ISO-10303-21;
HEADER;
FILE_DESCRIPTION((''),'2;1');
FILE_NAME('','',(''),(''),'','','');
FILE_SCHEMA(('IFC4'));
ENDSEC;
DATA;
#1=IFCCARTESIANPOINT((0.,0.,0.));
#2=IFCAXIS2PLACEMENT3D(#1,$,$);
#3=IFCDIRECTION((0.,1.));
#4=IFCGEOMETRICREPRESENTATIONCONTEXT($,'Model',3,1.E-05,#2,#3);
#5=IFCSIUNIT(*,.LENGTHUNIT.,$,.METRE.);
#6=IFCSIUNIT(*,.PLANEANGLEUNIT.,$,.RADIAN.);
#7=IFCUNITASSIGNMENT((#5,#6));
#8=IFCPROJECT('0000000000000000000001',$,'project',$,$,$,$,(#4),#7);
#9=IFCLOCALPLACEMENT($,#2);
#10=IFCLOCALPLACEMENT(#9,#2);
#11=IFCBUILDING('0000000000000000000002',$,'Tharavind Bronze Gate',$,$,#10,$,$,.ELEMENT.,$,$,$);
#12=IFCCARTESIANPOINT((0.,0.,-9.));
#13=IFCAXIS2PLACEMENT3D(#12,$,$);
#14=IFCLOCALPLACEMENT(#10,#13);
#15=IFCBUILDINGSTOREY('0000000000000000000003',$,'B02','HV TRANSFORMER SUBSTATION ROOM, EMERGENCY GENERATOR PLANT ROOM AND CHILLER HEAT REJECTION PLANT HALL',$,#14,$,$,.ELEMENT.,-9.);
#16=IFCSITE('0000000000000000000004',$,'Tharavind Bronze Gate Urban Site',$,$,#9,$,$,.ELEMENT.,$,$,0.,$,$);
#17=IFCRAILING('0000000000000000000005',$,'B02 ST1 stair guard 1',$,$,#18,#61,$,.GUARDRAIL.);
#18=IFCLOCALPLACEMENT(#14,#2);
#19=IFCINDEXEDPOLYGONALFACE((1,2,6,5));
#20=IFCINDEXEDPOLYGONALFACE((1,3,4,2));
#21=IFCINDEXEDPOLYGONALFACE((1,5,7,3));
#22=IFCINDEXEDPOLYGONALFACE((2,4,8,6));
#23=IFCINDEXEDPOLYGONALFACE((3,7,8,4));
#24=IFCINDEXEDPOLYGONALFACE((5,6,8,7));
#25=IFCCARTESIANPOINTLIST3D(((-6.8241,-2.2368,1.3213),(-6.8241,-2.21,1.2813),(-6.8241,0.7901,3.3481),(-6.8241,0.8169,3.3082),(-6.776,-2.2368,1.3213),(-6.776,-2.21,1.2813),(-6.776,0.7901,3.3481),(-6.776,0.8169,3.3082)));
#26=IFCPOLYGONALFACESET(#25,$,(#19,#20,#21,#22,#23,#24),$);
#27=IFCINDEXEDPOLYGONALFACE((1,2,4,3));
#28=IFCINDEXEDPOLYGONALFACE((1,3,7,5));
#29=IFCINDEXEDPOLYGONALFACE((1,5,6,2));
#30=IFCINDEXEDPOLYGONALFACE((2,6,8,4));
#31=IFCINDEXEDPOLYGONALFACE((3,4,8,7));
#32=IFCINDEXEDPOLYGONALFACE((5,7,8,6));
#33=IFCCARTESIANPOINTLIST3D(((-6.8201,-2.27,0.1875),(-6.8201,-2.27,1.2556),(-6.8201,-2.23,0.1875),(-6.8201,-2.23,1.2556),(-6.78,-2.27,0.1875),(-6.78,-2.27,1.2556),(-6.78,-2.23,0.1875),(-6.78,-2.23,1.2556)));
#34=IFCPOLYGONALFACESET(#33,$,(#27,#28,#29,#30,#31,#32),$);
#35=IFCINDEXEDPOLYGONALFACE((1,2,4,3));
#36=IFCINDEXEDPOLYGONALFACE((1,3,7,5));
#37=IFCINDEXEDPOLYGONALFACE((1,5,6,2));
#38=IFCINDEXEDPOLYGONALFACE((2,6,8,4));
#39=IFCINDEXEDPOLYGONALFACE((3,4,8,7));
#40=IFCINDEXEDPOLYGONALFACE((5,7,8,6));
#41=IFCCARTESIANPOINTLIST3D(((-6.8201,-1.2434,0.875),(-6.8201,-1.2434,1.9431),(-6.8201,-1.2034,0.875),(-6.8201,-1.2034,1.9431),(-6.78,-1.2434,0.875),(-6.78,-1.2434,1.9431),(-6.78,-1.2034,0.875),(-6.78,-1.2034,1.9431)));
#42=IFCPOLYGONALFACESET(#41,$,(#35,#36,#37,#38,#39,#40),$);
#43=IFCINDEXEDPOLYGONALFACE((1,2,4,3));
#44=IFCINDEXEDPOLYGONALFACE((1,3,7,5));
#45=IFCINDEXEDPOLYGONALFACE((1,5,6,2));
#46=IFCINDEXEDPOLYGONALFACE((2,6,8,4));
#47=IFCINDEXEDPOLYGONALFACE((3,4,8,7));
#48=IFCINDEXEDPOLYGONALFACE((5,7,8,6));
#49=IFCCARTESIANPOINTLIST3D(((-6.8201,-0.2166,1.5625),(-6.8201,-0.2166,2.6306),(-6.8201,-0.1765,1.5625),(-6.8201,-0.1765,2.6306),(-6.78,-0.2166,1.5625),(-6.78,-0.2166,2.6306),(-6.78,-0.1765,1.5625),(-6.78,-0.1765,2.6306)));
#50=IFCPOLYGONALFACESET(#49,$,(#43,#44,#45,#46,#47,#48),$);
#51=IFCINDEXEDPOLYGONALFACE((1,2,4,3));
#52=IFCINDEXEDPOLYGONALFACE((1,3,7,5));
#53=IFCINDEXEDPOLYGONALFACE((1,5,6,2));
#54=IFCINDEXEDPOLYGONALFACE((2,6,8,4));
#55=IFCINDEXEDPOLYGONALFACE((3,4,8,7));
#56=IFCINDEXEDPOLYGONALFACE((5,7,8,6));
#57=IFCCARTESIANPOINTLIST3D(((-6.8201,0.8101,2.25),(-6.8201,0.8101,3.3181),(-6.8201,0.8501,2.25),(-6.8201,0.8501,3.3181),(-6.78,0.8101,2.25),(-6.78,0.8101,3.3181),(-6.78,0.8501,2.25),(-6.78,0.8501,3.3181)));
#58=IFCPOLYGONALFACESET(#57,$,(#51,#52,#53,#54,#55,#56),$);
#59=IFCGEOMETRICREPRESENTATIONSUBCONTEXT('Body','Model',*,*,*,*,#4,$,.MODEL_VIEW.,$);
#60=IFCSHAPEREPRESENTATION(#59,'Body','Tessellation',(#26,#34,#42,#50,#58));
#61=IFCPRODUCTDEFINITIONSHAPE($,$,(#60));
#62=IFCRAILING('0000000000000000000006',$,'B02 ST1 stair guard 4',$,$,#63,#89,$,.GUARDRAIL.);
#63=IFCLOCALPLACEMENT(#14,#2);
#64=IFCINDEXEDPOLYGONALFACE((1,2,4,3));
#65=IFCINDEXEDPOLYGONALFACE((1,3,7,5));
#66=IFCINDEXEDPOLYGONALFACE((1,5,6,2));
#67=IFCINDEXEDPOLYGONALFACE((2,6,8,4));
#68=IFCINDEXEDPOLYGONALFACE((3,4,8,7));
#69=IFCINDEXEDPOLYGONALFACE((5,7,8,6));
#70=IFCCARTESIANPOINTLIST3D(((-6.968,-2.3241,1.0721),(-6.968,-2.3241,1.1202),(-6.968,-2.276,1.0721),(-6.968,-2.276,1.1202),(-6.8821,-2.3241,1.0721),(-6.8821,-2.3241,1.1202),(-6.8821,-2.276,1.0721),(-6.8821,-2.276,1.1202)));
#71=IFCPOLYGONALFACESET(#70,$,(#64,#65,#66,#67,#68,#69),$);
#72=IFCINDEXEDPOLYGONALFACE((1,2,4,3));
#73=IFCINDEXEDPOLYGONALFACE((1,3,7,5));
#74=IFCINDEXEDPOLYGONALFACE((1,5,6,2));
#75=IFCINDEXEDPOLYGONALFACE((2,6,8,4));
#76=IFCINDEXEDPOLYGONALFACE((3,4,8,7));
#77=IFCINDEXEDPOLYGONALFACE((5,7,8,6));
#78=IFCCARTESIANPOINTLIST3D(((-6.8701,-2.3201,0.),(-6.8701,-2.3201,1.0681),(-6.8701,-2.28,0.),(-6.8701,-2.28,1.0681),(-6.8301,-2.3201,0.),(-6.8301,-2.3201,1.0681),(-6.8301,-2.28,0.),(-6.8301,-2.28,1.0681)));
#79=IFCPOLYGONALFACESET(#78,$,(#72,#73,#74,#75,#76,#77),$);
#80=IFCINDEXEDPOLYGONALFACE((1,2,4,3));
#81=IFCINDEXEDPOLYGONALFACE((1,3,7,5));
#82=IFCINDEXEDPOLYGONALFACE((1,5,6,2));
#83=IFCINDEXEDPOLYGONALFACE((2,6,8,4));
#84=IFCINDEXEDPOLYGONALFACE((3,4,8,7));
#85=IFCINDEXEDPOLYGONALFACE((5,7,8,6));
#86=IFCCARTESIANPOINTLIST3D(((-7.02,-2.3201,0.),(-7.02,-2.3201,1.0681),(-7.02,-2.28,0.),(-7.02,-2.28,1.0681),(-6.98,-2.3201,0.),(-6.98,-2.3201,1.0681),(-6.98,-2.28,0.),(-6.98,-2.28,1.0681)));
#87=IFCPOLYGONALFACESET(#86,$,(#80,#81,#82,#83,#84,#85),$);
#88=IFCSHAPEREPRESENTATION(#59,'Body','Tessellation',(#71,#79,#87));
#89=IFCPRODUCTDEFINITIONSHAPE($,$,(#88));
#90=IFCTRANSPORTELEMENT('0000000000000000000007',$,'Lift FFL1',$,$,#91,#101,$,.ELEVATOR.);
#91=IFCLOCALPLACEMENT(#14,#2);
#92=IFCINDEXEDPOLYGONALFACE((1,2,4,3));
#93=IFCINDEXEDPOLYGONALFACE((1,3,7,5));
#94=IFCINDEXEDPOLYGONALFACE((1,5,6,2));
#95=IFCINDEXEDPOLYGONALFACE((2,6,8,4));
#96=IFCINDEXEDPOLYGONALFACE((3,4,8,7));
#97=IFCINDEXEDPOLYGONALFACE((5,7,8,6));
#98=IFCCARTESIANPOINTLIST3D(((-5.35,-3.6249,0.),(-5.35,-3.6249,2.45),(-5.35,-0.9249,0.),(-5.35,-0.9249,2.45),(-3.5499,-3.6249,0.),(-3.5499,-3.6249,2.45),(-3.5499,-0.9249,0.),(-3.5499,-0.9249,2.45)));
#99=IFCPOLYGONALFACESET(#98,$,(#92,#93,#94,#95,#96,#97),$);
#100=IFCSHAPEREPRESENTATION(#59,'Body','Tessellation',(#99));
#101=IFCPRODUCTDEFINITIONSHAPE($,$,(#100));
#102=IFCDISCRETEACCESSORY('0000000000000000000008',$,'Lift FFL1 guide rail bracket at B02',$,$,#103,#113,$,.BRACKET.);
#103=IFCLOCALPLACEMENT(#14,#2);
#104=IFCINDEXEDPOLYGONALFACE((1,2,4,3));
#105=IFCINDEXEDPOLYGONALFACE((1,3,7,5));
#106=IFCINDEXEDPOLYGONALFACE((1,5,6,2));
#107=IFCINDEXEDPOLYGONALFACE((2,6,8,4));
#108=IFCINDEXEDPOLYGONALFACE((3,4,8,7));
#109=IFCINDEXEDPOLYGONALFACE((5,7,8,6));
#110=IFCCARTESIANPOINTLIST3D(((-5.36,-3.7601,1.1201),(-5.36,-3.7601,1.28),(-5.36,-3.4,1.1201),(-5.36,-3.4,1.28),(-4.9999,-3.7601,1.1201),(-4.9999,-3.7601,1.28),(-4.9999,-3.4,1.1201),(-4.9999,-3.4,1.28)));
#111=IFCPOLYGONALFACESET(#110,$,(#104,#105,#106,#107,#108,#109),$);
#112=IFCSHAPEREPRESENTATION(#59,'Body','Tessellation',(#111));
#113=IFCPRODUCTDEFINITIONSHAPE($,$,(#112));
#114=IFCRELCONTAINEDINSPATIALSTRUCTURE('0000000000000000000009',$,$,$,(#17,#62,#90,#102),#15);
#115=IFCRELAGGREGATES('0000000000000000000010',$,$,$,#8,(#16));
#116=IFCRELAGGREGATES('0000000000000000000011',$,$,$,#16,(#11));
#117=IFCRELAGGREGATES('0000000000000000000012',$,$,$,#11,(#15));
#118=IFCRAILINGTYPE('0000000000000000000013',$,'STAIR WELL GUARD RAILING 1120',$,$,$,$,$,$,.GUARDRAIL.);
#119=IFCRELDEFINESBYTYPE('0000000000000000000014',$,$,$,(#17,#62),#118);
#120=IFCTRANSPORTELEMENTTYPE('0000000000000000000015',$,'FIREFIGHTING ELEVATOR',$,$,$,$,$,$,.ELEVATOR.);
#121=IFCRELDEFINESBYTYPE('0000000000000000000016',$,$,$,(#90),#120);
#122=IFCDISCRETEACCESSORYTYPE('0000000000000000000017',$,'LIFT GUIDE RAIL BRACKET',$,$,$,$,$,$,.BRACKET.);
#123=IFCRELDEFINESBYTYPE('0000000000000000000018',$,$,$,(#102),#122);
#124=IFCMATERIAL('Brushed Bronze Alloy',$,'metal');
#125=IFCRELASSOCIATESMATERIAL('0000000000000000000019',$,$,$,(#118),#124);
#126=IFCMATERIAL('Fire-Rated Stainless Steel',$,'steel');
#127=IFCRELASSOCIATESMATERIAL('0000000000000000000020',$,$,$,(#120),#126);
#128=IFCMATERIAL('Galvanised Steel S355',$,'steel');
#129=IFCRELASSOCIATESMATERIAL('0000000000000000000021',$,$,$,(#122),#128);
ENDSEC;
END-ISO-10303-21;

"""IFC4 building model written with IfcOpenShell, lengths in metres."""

from ifc_helpers import new_model, si_unit, direction, frame, origin, origin_2d, place, context, subcontext, project, spatial, rectangle, extrude, material, type_object, element, save


model = new_model("IFC4")

# Units and contexts
model_context = context("Model", 3, precision=1e-05, world=origin(), true_north=direction((0.0, 1.0)))
body_context = subcontext(model_context, "Body", "Model", "MODEL_VIEW")
ifc_project = project(units=[si_unit("LENGTHUNIT", "METRE"), si_unit("PLANEANGLEUNIT", "RADIAN")], contexts=[model_context])

# Site, building, storey
site_placement = place(None, origin())
site = spatial("IfcSite", under=ifc_project, at=site_placement, Name="Tharavind Bronze Gate Urban Site", CompositionType="ELEMENT", RefElevation=0.0)
building_placement = place(site_placement, origin())
building = spatial("IfcBuilding", under=site, at=building_placement, Name="Tharavind Bronze Gate", CompositionType="ELEMENT")
storey_placement = place(building_placement, frame((0.0, 0.0, -9.0)))
storey = spatial("IfcBuildingStorey", under=building, at=storey_placement, Name="B02", Description="HV TRANSFORMER SUBSTATION ROOM, EMERGENCY GENERATOR PLANT ROOM AND CHILLER HEAT REJECTION PLANT HALL", CompositionType="ELEMENT", Elevation=-9.0)

# Railings
ifc_material_1 = material(Name="Brushed Bronze Alloy", Category="metal")
railing_type_1 = type_object("IfcRailingType", Name="STAIR WELL GUARD RAILING 1120", PredefinedType="GUARDRAIL", material=ifc_material_1)
railing_1_placement = place(storey_placement, frame((-6.8, -2.25, 0.1875)))
element("IfcRailing", 1, at=railing_1_placement, inside=storey, type_object=railing_type_1, Name="B02 ST1 stair guard 1", PredefinedType="GUARDRAIL", context=body_context, shape_type="SweptSolid", body=[
    extrude(rectangle(XDim=0.0481, YDim=0.0481, at=origin_2d()), frame((0.0, 0.0266, 1.1138), z_axis=(0.0, 0.830914, 0.556401), x_axis=(-1.0, 0.0, 0.0)), (0.0, 0.0, 1.0), 3.6428),
    extrude(rectangle(XDim=0.04, YDim=0.04, at=origin_2d()), origin(), (0.0, 0.0, 1.0), 1.0681),
    extrude(rectangle(XDim=0.04, YDim=0.04, at=origin_2d()), frame((0.0, 1.0266, 0.6875)), (0.0, 0.0, 1.0), 1.0681),
    extrude(rectangle(XDim=0.04, YDim=0.04, at=origin_2d()), frame((0.0, 2.0535, 1.375)), (0.0, 0.0, 1.0), 1.0681),
    extrude(rectangle(XDim=0.04, YDim=0.04, at=origin_2d()), frame((0.0, 3.0801, 2.0625)), (0.0, 0.0, 1.0), 1.0681),
])
railing_2_placement = place(storey_placement, frame((-6.8501, -2.3, 0.0)))
element("IfcRailing", 2, at=railing_2_placement, inside=storey, type_object=railing_type_1, Name="B02 ST1 stair guard 4", PredefinedType="GUARDRAIL", context=body_context, shape_type="SweptSolid", body=[
    extrude(rectangle(XDim=0.0481, YDim=0.0481, at=origin_2d()), frame((-0.032, 0.0, 1.0962), z_axis=(-1.0, 0.0, 0.0), x_axis=(0.0, -1.0, 0.0)), (0.0, 0.0, 1.0), 0.0859),
    extrude(rectangle(XDim=0.04, YDim=0.04, at=origin_2d()), origin(), (0.0, 0.0, 1.0), 1.0681),
    extrude(rectangle(XDim=0.04, YDim=0.04, at=origin_2d()), frame((-0.1499, 0.0, 0.0)), (0.0, 0.0, 1.0), 1.0681),
])

# Transport element
ifc_material_2 = material(Name="Fire-Rated Stainless Steel", Category="steel")
transport_element_type = type_object("IfcTransportElementType", Name="FIREFIGHTING ELEVATOR", PredefinedType="ELEVATOR", material=ifc_material_2)
transport_element_placement = place(storey_placement, frame((-4.45, -2.2749, 0.0), z_axis=(0.0, 0.0, 1.0), x_axis=(1.0, 0.0, 0.0)))
element("IfcTransportElement", 3, at=transport_element_placement, inside=storey, type_object=transport_element_type, Name="Lift FFL1", PredefinedType="ELEVATOR", context=body_context, shape_type="SweptSolid", body=[
    extrude(rectangle(XDim=1.8, YDim=2.7, at=origin_2d()), origin(), (0.0, 0.0, 1.0), 2.45),
])

# Discrete accessory
ifc_material_3 = material(Name="Galvanised Steel S355", Category="steel")
discrete_accessory_type = type_object("IfcDiscreteAccessoryType", Name="LIFT GUIDE RAIL BRACKET", PredefinedType="BRACKET", material=ifc_material_3)
discrete_accessory_placement = place(storey_placement, frame((-5.1799, -3.5801, 1.1201), z_axis=(0.0, 0.0, 1.0), x_axis=(1.0, 0.0, 0.0)))
element("IfcDiscreteAccessory", 4, at=discrete_accessory_placement, inside=storey, type_object=discrete_accessory_type, Name="Lift FFL1 guide rail bracket at B02", PredefinedType="BRACKET", context=body_context, shape_type="SweptSolid", body=[
    extrude(rectangle(XDim=0.3601, YDim=0.3601, at=origin_2d()), origin(), (0.0, 0.0, 1.0), 0.1599),
])

save(model, "model.ifc")
